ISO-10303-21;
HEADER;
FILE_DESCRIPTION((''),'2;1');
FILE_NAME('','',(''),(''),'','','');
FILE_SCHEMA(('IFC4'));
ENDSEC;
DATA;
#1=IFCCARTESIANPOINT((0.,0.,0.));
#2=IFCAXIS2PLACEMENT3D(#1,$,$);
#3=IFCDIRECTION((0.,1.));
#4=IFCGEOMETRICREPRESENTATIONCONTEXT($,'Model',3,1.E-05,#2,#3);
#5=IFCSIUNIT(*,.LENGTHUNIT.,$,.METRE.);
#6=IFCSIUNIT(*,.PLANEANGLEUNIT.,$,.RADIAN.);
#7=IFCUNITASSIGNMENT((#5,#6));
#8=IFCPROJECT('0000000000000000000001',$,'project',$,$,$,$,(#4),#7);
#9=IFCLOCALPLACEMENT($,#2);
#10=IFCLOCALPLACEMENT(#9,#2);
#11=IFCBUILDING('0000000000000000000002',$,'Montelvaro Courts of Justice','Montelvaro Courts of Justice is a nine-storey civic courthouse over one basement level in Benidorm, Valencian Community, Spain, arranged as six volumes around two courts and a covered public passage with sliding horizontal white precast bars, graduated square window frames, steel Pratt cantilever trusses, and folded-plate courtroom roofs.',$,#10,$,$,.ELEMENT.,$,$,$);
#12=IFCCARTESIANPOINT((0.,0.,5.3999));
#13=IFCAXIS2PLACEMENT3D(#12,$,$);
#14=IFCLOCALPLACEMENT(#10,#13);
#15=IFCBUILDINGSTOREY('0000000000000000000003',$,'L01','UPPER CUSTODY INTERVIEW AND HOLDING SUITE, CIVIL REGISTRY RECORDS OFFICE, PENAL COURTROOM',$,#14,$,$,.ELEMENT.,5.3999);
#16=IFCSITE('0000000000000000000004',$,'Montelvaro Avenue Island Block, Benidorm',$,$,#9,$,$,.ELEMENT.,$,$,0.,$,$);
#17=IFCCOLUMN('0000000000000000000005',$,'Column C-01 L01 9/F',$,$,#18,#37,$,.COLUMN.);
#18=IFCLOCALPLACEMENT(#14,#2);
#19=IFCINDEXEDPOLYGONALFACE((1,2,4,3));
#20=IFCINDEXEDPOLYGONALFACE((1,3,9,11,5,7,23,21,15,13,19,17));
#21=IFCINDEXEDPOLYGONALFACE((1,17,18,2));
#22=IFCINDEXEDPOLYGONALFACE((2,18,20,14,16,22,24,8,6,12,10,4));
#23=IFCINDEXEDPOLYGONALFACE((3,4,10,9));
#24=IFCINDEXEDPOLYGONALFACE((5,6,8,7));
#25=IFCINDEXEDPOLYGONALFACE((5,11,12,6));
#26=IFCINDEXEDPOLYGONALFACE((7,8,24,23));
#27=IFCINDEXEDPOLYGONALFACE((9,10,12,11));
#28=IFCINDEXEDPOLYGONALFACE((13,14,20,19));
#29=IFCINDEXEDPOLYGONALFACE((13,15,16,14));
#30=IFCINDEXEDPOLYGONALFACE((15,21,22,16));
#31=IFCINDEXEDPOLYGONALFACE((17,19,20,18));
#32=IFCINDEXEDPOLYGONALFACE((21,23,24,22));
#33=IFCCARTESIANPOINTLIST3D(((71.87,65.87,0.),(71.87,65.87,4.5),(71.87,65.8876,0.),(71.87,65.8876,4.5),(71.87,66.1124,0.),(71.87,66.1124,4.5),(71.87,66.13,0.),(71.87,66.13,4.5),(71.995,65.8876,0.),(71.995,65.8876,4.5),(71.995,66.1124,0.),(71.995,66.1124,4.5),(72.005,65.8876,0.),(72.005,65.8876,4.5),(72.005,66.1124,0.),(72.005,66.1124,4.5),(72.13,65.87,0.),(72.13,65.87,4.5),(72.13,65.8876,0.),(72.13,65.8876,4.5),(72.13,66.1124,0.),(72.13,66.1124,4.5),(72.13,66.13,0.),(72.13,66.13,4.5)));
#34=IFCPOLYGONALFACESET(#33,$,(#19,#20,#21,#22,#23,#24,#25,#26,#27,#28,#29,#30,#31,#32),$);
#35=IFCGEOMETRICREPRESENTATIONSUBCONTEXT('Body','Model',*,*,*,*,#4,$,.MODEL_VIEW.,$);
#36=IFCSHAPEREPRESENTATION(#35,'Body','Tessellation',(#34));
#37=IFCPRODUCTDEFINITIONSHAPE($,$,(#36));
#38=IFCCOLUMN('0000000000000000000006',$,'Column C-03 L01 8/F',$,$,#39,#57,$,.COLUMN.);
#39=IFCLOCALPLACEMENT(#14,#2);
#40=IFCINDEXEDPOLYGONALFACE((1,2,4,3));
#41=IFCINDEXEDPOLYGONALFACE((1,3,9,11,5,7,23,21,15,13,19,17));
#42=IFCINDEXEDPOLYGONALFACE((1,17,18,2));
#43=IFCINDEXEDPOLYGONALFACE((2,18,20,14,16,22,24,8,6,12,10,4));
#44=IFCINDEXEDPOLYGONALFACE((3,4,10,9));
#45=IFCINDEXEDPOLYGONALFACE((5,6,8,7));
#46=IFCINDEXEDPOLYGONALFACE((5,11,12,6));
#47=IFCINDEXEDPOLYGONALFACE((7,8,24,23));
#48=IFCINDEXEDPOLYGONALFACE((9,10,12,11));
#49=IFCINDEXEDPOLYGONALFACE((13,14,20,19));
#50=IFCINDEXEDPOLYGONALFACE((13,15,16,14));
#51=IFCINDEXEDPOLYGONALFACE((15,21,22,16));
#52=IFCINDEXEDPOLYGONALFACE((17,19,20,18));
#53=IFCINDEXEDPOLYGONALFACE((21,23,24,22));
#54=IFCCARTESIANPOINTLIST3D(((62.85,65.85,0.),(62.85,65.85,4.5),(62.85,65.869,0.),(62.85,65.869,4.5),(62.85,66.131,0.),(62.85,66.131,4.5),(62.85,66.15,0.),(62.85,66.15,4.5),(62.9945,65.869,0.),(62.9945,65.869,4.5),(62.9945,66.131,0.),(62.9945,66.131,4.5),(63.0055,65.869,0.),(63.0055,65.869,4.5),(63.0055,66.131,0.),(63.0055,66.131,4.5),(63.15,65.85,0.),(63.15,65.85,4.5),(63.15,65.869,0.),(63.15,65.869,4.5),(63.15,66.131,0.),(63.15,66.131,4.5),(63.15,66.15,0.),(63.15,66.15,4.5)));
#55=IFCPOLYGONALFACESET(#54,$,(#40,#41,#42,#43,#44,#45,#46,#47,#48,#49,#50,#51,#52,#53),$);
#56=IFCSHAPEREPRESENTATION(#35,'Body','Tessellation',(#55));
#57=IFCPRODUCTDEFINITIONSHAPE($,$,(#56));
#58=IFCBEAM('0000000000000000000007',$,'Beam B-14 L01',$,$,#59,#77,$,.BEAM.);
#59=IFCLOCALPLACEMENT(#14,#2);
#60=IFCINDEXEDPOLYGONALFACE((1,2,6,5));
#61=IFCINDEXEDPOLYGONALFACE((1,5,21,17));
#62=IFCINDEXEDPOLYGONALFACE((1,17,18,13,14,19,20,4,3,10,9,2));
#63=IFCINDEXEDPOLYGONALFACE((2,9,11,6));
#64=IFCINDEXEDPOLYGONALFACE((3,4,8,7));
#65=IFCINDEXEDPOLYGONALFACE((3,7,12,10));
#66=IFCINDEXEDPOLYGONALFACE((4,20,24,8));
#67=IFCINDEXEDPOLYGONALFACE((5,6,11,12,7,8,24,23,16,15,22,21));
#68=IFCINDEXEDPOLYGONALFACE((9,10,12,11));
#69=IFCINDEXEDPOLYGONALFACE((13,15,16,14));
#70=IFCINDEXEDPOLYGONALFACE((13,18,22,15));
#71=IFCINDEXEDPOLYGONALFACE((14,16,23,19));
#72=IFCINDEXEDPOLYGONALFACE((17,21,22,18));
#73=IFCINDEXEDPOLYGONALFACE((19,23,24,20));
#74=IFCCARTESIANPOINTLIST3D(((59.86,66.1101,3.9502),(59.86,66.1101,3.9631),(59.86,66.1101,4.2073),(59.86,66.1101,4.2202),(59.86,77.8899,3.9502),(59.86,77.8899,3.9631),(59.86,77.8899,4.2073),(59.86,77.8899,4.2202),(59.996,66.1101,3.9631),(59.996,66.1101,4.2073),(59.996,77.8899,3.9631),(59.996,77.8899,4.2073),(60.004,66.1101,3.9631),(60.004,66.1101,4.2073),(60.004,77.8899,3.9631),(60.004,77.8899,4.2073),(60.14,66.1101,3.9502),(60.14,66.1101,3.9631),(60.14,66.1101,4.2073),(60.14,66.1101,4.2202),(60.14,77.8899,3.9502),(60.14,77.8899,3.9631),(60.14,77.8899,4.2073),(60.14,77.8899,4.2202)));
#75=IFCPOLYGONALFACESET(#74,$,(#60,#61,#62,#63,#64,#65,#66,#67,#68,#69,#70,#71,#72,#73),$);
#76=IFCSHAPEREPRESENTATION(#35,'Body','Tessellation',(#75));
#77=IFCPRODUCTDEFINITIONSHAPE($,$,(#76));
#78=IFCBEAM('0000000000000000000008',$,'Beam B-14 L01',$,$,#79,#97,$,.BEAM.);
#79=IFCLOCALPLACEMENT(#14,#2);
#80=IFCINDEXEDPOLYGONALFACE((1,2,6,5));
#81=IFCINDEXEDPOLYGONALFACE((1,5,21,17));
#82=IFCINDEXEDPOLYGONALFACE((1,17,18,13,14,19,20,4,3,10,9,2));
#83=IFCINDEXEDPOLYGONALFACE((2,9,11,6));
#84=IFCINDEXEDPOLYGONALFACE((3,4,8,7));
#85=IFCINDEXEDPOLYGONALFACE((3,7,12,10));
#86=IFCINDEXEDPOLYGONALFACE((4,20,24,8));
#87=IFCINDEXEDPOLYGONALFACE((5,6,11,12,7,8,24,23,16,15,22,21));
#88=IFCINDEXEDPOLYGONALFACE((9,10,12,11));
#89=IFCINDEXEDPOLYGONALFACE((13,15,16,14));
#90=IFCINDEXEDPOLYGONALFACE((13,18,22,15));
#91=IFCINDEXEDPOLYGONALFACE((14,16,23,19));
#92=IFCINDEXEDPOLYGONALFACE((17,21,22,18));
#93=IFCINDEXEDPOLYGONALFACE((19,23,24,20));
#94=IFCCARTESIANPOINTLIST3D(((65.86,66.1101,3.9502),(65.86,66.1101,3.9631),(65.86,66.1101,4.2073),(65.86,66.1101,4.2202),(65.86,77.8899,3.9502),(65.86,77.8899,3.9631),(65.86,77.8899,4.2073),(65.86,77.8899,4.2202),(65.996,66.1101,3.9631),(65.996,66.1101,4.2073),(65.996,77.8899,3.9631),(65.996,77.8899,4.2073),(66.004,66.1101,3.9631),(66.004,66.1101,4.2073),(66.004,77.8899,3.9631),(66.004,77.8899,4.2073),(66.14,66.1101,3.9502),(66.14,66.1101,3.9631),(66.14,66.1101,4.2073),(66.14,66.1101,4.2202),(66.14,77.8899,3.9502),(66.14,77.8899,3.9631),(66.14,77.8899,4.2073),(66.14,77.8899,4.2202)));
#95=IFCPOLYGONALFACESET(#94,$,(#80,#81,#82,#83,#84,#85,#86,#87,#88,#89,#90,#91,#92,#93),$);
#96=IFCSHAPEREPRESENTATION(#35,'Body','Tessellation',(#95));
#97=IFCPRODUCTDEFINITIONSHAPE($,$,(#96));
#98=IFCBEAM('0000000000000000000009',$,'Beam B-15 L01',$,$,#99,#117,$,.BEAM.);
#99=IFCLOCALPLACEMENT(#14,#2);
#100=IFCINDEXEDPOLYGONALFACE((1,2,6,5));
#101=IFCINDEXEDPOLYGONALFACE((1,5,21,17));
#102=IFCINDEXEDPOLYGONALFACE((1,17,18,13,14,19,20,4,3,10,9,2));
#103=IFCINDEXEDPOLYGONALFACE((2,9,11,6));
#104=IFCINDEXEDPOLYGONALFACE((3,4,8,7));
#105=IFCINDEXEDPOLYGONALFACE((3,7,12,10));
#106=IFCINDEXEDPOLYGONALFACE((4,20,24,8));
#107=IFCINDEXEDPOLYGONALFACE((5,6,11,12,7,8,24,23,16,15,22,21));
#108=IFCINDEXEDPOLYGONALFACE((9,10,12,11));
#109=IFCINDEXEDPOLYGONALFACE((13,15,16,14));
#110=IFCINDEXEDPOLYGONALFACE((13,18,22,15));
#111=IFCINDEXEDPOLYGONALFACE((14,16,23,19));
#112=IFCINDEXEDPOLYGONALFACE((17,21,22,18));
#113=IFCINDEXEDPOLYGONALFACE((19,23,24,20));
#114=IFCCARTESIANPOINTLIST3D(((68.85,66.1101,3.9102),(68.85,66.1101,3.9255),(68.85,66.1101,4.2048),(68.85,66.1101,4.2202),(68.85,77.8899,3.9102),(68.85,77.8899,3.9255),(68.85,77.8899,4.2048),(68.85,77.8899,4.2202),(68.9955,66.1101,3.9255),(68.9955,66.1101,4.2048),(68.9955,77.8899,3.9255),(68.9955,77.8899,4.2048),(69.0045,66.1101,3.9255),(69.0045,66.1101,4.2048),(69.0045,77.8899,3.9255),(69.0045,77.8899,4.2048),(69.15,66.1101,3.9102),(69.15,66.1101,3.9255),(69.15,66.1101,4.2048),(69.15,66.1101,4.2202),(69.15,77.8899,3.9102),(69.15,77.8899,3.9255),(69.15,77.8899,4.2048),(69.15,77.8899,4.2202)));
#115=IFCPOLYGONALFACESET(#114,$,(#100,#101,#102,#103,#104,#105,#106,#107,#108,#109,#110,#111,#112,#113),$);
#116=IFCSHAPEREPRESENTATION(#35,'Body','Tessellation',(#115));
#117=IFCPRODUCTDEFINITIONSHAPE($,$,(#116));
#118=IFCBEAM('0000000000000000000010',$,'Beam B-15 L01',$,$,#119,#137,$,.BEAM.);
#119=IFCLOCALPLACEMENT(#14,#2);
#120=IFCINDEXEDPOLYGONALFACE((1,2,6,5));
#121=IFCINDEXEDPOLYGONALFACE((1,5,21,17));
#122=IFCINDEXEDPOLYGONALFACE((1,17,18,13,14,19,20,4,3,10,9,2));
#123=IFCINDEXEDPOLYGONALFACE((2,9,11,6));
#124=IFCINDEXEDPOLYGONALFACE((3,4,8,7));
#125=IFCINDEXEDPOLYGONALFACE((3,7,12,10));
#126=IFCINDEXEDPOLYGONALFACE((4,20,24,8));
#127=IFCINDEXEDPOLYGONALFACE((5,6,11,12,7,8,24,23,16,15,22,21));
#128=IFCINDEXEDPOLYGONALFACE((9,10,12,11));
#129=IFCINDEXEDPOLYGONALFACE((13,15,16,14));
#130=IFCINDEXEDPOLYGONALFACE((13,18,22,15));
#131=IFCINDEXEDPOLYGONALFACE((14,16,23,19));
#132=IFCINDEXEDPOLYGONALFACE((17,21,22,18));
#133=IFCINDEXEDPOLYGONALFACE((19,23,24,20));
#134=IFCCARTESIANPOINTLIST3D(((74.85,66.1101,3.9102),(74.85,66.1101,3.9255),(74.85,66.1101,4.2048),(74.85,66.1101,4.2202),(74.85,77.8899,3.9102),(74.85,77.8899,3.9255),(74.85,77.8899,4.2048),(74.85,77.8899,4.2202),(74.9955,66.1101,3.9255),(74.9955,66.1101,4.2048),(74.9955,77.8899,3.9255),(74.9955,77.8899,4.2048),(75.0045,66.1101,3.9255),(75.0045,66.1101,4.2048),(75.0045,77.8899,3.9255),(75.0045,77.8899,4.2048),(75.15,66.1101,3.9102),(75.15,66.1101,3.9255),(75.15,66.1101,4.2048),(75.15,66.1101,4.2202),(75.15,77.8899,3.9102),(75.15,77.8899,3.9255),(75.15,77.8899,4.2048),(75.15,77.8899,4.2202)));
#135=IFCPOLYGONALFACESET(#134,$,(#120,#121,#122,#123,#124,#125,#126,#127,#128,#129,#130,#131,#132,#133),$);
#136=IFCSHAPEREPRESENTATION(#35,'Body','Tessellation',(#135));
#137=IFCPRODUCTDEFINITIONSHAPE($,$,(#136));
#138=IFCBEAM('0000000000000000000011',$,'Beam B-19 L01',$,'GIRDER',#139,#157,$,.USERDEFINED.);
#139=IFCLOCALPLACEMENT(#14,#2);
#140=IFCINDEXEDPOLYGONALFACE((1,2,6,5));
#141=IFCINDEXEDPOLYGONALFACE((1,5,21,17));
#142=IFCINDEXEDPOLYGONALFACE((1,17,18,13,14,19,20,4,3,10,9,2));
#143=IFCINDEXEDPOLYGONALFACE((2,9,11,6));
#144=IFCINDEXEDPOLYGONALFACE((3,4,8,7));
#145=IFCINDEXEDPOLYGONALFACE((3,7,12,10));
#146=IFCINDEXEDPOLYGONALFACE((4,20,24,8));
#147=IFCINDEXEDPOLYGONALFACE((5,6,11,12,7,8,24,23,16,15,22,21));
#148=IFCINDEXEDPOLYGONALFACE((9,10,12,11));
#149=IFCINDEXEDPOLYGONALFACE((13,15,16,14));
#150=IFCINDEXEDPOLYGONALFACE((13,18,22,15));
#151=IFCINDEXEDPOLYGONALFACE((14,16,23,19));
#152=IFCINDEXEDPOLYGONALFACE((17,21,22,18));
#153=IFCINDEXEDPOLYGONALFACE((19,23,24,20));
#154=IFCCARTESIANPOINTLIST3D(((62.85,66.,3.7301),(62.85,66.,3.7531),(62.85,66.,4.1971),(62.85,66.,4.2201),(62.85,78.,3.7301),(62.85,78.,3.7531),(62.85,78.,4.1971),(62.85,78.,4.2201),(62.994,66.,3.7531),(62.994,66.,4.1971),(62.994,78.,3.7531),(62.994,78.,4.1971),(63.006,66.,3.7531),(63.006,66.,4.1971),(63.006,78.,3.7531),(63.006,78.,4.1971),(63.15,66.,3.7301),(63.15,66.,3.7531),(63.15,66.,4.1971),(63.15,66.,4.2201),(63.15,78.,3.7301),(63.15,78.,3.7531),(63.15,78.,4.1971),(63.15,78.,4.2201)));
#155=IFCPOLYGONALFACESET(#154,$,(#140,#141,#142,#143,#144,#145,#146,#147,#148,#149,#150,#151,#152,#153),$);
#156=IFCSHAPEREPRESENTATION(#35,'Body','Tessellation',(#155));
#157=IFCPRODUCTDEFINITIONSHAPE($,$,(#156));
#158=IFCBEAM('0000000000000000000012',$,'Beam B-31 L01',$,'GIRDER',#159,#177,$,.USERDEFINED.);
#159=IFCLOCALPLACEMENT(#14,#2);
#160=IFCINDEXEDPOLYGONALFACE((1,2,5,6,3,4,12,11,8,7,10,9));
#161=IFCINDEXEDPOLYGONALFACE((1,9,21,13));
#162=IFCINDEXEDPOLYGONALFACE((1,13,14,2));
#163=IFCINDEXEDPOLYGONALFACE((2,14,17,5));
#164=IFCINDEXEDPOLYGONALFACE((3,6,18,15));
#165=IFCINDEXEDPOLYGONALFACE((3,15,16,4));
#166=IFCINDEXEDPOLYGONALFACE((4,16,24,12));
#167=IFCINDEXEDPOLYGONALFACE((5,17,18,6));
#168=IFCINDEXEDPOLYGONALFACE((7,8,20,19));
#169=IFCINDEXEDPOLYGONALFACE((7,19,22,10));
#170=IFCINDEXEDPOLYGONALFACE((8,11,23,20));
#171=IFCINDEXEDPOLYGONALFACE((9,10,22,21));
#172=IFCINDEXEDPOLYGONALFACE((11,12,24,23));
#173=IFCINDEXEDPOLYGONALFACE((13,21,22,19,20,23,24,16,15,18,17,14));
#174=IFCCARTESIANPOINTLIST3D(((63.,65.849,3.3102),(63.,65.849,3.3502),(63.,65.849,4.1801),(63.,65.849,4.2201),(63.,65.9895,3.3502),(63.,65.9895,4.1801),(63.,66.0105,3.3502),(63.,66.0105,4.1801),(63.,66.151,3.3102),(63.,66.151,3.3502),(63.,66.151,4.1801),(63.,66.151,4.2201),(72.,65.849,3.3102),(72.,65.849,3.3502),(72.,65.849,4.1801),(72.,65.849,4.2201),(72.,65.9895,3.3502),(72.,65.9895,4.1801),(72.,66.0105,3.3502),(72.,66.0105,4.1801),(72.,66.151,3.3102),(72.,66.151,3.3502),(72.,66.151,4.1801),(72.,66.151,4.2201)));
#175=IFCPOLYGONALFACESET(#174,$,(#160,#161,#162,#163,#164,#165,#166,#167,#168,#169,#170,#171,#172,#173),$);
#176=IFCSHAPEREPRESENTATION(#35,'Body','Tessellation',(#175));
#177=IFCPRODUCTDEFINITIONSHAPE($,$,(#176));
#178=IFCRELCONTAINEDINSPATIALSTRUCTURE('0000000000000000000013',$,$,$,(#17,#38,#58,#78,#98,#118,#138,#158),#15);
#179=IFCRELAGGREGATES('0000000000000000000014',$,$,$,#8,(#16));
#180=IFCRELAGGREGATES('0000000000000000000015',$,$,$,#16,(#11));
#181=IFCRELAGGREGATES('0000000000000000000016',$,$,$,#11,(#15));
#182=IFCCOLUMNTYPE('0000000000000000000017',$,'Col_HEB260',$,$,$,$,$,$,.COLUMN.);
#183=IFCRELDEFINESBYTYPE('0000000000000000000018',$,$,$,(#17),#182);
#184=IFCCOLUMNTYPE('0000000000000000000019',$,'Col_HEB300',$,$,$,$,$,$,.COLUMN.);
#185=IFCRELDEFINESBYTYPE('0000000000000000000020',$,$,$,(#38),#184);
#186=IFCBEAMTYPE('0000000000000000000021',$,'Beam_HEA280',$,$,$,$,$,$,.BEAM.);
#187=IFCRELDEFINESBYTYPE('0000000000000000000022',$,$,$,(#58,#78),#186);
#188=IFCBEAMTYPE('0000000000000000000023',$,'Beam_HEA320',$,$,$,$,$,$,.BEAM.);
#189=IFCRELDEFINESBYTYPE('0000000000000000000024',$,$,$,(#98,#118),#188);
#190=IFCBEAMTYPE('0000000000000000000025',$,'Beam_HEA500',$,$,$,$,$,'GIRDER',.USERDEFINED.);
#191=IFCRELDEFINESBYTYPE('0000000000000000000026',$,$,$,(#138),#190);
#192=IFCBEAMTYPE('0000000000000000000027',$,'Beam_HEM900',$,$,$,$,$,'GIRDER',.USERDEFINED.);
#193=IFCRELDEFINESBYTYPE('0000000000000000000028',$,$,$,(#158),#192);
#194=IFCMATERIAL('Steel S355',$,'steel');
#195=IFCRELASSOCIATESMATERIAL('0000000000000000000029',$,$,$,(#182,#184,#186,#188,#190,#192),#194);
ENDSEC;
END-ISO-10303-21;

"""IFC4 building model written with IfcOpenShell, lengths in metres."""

from ifc_helpers import new_model, si_unit, direction, frame, origin, origin_2d, place, context, subcontext, project, spatial, i_section, extrude, material, material_profile, profile_set, type_object, element, save


model = new_model("IFC4")

# Units and contexts
model_context = context("Model", 3, precision=1e-05, world=origin(), true_north=direction((0.0, 1.0)))
body_context = subcontext(model_context, "Body", "Model", "MODEL_VIEW")
ifc_project = project(units=[si_unit("LENGTHUNIT", "METRE"), si_unit("PLANEANGLEUNIT", "RADIAN")], contexts=[model_context])

# Site, building, storey
site_placement = place(None, origin())
site = spatial("IfcSite", under=ifc_project, at=site_placement, Name="Montelvaro Avenue Island Block, Benidorm", CompositionType="ELEMENT", RefElevation=0.0)
building_placement = place(site_placement, origin())
building = spatial("IfcBuilding", under=site, at=building_placement, Name="Montelvaro Courts of Justice", Description="Montelvaro Courts of Justice is a nine-storey civic courthouse over one basement level in Benidorm, Valencian Community, Spain, arranged as six volumes around two courts and a covered public passage with sliding horizontal white precast bars, graduated square window frames, steel Pratt cantilever trusses, and folded-plate courtroom roofs.", CompositionType="ELEMENT")
storey_placement = place(building_placement, frame((0.0, 0.0, 5.3999)))
storey = spatial("IfcBuildingStorey", under=building, at=storey_placement, Name="L01", Description="UPPER CUSTODY INTERVIEW AND HOLDING SUITE, CIVIL REGISTRY RECORDS OFFICE, PENAL COURTROOM", CompositionType="ELEMENT", Elevation=5.3999)

# Columns
ifc_material_1 = material(Name="Steel S355", Category="steel")
ifc_material_profile_1 = material_profile(ifc_material_1, i_section(OverallWidth=0.26, OverallDepth=0.26, WebThickness=0.01, FlangeThickness=0.0176, at=origin_2d()), Name="HEB 260")
ifc_profile_set_1 = profile_set([ifc_material_profile_1], Name="Steel S355")
column_type_1 = type_object("IfcColumnType", Name="Col_HEB260", PredefinedType="COLUMN", material=ifc_profile_set_1)
column_1_placement = place(storey_placement, frame((72.0, 66.0, 0.0), z_axis=(0.0, 0.0, 1.0), x_axis=(1.0, 0.0, 0.0)))
element("IfcColumn", 1, at=column_1_placement, inside=storey, type_object=column_type_1, Name="Column C-01 L01 9/F", PredefinedType="COLUMN", context=body_context, shape_type="SweptSolid", body=[
    extrude(i_section(OverallWidth=0.26, OverallDepth=0.26, WebThickness=0.01, FlangeThickness=0.0176, at=origin_2d()), origin(), (0.0, 0.0, 1.0), 4.5),
])
ifc_material_profile_2 = material_profile(ifc_material_1, i_section(OverallWidth=0.3, OverallDepth=0.3, WebThickness=0.011, FlangeThickness=0.019, at=origin_2d()), Name="HEB 300")
ifc_profile_set_2 = profile_set([ifc_material_profile_2], Name="Steel S355")
column_type_2 = type_object("IfcColumnType", Name="Col_HEB300", PredefinedType="COLUMN", material=ifc_profile_set_2)
column_2_placement = place(storey_placement, frame((63.0, 66.0, 0.0), z_axis=(0.0, 0.0, 1.0), x_axis=(1.0, 0.0, 0.0)))
element("IfcColumn", 2, at=column_2_placement, inside=storey, type_object=column_type_2, Name="Column C-03 L01 8/F", PredefinedType="COLUMN", context=body_context, shape_type="SweptSolid", body=[
    extrude(i_section(OverallWidth=0.3, OverallDepth=0.3, WebThickness=0.011, FlangeThickness=0.019, at=origin_2d()), origin(), (0.0, 0.0, 1.0), 4.5),
])

# Beams
ifc_material_profile_3 = material_profile(ifc_material_1, i_section(OverallWidth=0.28, OverallDepth=0.27, WebThickness=0.0081, FlangeThickness=0.0129, at=origin_2d()), Name="HEA 280")
ifc_profile_set_3 = profile_set([ifc_material_profile_3], Name="Steel S355")
beam_type_1 = type_object("IfcBeamType", Name="Beam_HEA280", PredefinedType="BEAM", material=ifc_profile_set_3)
for number, where, z_axis, x_axis, name in (
    (3, (60.0, 66.1101, 4.0852), (0.0, 1.0, 0.0), (-1.0, 0.0, 0.0), "Beam B-14 L01"),
    (4, (66.0, 66.1101, 4.0852), (0.0, 1.0, 0.0), (-1.0, 0.0, 0.0), "Beam B-14 L01"),
):
    element("IfcBeam", number, at=place(storey_placement, frame(where, z_axis=z_axis, x_axis=x_axis)), inside=storey, type_object=beam_type_1, Name=name, PredefinedType="BEAM", context=body_context, shape_type="SweptSolid", body=[
        extrude(i_section(OverallWidth=0.28, OverallDepth=0.27, WebThickness=0.0081, FlangeThickness=0.0129, at=origin_2d()), origin(), (0.0, 0.0, 1.0), 11.7798),
    ])
ifc_material_profile_4 = material_profile(ifc_material_1, i_section(OverallWidth=0.3, OverallDepth=0.3101, WebThickness=0.009, FlangeThickness=0.0154, at=origin_2d()), Name="HEA 320")
ifc_profile_set_4 = profile_set([ifc_material_profile_4], Name="Steel S355")
beam_type_2 = type_object("IfcBeamType", Name="Beam_HEA320", PredefinedType="BEAM", material=ifc_profile_set_4)
for number, where, z_axis, x_axis, name in (
    (5, (69.0, 66.1101, 4.0652), (0.0, 1.0, 0.0), (-1.0, 0.0, 0.0), "Beam B-15 L01"),
    (6, (75.0, 66.1101, 4.0652), (0.0, 1.0, 0.0), (-1.0, 0.0, 0.0), "Beam B-15 L01"),
):
    element("IfcBeam", number, at=place(storey_placement, frame(where, z_axis=z_axis, x_axis=x_axis)), inside=storey, type_object=beam_type_2, Name=name, PredefinedType="BEAM", context=body_context, shape_type="SweptSolid", body=[
        extrude(i_section(OverallWidth=0.3, OverallDepth=0.3101, WebThickness=0.009, FlangeThickness=0.0154, at=origin_2d()), origin(), (0.0, 0.0, 1.0), 11.7798),
    ])
ifc_material_profile_5 = material_profile(ifc_material_1, i_section(OverallWidth=0.3, OverallDepth=0.49, WebThickness=0.012, FlangeThickness=0.0229, at=origin_2d()), Name="HEA 500")
ifc_profile_set_5 = profile_set([ifc_material_profile_5], Name="Steel S355")
beam_type_3 = type_object("IfcBeamType", Name="Beam_HEA500", ElementType="GIRDER", PredefinedType="USERDEFINED", material=ifc_profile_set_5)
beam_1_placement = place(storey_placement, frame((63.0, 66.0, 3.9751), z_axis=(0.0, 1.0, 0.0), x_axis=(-1.0, 0.0, 0.0)))
element("IfcBeam", 7, at=beam_1_placement, inside=storey, type_object=beam_type_3, Name="Beam B-19 L01", ObjectType="GIRDER", PredefinedType="USERDEFINED", context=body_context, shape_type="SweptSolid", body=[
    extrude(i_section(OverallWidth=0.3, OverallDepth=0.49, WebThickness=0.012, FlangeThickness=0.0229, at=origin_2d()), origin(), (0.0, 0.0, 1.0), 12.0),
])
ifc_material_profile_6 = material_profile(ifc_material_1, i_section(OverallWidth=0.302, OverallDepth=0.9099, WebThickness=0.021, FlangeThickness=0.04, at=origin_2d()), Name="HEM 900")
ifc_profile_set_6 = profile_set([ifc_material_profile_6], Name="Steel S355")
beam_type_4 = type_object("IfcBeamType", Name="Beam_HEM900", ElementType="GIRDER", PredefinedType="USERDEFINED", material=ifc_profile_set_6)
for number, where, z_axis, x_axis, name in (
    (8, (63.0, 66.0, 3.7651), (1.0, 0.0, 0.0), (0.0, 1.0, 0.0), "Beam B-31 L01"),
):
    element("IfcBeam", number, at=place(storey_placement, frame(where, z_axis=z_axis, x_axis=x_axis)), inside=storey, type_object=beam_type_4, Name=name, ObjectType="GIRDER", PredefinedType="USERDEFINED", context=body_context, shape_type="SweptSolid", body=[
        extrude(i_section(OverallWidth=0.302, OverallDepth=0.9099, WebThickness=0.021, FlangeThickness=0.04, at=origin_2d()), origin(), (0.0, 0.0, 1.0), 9.0),
    ])

save(model, "model.ifc")
